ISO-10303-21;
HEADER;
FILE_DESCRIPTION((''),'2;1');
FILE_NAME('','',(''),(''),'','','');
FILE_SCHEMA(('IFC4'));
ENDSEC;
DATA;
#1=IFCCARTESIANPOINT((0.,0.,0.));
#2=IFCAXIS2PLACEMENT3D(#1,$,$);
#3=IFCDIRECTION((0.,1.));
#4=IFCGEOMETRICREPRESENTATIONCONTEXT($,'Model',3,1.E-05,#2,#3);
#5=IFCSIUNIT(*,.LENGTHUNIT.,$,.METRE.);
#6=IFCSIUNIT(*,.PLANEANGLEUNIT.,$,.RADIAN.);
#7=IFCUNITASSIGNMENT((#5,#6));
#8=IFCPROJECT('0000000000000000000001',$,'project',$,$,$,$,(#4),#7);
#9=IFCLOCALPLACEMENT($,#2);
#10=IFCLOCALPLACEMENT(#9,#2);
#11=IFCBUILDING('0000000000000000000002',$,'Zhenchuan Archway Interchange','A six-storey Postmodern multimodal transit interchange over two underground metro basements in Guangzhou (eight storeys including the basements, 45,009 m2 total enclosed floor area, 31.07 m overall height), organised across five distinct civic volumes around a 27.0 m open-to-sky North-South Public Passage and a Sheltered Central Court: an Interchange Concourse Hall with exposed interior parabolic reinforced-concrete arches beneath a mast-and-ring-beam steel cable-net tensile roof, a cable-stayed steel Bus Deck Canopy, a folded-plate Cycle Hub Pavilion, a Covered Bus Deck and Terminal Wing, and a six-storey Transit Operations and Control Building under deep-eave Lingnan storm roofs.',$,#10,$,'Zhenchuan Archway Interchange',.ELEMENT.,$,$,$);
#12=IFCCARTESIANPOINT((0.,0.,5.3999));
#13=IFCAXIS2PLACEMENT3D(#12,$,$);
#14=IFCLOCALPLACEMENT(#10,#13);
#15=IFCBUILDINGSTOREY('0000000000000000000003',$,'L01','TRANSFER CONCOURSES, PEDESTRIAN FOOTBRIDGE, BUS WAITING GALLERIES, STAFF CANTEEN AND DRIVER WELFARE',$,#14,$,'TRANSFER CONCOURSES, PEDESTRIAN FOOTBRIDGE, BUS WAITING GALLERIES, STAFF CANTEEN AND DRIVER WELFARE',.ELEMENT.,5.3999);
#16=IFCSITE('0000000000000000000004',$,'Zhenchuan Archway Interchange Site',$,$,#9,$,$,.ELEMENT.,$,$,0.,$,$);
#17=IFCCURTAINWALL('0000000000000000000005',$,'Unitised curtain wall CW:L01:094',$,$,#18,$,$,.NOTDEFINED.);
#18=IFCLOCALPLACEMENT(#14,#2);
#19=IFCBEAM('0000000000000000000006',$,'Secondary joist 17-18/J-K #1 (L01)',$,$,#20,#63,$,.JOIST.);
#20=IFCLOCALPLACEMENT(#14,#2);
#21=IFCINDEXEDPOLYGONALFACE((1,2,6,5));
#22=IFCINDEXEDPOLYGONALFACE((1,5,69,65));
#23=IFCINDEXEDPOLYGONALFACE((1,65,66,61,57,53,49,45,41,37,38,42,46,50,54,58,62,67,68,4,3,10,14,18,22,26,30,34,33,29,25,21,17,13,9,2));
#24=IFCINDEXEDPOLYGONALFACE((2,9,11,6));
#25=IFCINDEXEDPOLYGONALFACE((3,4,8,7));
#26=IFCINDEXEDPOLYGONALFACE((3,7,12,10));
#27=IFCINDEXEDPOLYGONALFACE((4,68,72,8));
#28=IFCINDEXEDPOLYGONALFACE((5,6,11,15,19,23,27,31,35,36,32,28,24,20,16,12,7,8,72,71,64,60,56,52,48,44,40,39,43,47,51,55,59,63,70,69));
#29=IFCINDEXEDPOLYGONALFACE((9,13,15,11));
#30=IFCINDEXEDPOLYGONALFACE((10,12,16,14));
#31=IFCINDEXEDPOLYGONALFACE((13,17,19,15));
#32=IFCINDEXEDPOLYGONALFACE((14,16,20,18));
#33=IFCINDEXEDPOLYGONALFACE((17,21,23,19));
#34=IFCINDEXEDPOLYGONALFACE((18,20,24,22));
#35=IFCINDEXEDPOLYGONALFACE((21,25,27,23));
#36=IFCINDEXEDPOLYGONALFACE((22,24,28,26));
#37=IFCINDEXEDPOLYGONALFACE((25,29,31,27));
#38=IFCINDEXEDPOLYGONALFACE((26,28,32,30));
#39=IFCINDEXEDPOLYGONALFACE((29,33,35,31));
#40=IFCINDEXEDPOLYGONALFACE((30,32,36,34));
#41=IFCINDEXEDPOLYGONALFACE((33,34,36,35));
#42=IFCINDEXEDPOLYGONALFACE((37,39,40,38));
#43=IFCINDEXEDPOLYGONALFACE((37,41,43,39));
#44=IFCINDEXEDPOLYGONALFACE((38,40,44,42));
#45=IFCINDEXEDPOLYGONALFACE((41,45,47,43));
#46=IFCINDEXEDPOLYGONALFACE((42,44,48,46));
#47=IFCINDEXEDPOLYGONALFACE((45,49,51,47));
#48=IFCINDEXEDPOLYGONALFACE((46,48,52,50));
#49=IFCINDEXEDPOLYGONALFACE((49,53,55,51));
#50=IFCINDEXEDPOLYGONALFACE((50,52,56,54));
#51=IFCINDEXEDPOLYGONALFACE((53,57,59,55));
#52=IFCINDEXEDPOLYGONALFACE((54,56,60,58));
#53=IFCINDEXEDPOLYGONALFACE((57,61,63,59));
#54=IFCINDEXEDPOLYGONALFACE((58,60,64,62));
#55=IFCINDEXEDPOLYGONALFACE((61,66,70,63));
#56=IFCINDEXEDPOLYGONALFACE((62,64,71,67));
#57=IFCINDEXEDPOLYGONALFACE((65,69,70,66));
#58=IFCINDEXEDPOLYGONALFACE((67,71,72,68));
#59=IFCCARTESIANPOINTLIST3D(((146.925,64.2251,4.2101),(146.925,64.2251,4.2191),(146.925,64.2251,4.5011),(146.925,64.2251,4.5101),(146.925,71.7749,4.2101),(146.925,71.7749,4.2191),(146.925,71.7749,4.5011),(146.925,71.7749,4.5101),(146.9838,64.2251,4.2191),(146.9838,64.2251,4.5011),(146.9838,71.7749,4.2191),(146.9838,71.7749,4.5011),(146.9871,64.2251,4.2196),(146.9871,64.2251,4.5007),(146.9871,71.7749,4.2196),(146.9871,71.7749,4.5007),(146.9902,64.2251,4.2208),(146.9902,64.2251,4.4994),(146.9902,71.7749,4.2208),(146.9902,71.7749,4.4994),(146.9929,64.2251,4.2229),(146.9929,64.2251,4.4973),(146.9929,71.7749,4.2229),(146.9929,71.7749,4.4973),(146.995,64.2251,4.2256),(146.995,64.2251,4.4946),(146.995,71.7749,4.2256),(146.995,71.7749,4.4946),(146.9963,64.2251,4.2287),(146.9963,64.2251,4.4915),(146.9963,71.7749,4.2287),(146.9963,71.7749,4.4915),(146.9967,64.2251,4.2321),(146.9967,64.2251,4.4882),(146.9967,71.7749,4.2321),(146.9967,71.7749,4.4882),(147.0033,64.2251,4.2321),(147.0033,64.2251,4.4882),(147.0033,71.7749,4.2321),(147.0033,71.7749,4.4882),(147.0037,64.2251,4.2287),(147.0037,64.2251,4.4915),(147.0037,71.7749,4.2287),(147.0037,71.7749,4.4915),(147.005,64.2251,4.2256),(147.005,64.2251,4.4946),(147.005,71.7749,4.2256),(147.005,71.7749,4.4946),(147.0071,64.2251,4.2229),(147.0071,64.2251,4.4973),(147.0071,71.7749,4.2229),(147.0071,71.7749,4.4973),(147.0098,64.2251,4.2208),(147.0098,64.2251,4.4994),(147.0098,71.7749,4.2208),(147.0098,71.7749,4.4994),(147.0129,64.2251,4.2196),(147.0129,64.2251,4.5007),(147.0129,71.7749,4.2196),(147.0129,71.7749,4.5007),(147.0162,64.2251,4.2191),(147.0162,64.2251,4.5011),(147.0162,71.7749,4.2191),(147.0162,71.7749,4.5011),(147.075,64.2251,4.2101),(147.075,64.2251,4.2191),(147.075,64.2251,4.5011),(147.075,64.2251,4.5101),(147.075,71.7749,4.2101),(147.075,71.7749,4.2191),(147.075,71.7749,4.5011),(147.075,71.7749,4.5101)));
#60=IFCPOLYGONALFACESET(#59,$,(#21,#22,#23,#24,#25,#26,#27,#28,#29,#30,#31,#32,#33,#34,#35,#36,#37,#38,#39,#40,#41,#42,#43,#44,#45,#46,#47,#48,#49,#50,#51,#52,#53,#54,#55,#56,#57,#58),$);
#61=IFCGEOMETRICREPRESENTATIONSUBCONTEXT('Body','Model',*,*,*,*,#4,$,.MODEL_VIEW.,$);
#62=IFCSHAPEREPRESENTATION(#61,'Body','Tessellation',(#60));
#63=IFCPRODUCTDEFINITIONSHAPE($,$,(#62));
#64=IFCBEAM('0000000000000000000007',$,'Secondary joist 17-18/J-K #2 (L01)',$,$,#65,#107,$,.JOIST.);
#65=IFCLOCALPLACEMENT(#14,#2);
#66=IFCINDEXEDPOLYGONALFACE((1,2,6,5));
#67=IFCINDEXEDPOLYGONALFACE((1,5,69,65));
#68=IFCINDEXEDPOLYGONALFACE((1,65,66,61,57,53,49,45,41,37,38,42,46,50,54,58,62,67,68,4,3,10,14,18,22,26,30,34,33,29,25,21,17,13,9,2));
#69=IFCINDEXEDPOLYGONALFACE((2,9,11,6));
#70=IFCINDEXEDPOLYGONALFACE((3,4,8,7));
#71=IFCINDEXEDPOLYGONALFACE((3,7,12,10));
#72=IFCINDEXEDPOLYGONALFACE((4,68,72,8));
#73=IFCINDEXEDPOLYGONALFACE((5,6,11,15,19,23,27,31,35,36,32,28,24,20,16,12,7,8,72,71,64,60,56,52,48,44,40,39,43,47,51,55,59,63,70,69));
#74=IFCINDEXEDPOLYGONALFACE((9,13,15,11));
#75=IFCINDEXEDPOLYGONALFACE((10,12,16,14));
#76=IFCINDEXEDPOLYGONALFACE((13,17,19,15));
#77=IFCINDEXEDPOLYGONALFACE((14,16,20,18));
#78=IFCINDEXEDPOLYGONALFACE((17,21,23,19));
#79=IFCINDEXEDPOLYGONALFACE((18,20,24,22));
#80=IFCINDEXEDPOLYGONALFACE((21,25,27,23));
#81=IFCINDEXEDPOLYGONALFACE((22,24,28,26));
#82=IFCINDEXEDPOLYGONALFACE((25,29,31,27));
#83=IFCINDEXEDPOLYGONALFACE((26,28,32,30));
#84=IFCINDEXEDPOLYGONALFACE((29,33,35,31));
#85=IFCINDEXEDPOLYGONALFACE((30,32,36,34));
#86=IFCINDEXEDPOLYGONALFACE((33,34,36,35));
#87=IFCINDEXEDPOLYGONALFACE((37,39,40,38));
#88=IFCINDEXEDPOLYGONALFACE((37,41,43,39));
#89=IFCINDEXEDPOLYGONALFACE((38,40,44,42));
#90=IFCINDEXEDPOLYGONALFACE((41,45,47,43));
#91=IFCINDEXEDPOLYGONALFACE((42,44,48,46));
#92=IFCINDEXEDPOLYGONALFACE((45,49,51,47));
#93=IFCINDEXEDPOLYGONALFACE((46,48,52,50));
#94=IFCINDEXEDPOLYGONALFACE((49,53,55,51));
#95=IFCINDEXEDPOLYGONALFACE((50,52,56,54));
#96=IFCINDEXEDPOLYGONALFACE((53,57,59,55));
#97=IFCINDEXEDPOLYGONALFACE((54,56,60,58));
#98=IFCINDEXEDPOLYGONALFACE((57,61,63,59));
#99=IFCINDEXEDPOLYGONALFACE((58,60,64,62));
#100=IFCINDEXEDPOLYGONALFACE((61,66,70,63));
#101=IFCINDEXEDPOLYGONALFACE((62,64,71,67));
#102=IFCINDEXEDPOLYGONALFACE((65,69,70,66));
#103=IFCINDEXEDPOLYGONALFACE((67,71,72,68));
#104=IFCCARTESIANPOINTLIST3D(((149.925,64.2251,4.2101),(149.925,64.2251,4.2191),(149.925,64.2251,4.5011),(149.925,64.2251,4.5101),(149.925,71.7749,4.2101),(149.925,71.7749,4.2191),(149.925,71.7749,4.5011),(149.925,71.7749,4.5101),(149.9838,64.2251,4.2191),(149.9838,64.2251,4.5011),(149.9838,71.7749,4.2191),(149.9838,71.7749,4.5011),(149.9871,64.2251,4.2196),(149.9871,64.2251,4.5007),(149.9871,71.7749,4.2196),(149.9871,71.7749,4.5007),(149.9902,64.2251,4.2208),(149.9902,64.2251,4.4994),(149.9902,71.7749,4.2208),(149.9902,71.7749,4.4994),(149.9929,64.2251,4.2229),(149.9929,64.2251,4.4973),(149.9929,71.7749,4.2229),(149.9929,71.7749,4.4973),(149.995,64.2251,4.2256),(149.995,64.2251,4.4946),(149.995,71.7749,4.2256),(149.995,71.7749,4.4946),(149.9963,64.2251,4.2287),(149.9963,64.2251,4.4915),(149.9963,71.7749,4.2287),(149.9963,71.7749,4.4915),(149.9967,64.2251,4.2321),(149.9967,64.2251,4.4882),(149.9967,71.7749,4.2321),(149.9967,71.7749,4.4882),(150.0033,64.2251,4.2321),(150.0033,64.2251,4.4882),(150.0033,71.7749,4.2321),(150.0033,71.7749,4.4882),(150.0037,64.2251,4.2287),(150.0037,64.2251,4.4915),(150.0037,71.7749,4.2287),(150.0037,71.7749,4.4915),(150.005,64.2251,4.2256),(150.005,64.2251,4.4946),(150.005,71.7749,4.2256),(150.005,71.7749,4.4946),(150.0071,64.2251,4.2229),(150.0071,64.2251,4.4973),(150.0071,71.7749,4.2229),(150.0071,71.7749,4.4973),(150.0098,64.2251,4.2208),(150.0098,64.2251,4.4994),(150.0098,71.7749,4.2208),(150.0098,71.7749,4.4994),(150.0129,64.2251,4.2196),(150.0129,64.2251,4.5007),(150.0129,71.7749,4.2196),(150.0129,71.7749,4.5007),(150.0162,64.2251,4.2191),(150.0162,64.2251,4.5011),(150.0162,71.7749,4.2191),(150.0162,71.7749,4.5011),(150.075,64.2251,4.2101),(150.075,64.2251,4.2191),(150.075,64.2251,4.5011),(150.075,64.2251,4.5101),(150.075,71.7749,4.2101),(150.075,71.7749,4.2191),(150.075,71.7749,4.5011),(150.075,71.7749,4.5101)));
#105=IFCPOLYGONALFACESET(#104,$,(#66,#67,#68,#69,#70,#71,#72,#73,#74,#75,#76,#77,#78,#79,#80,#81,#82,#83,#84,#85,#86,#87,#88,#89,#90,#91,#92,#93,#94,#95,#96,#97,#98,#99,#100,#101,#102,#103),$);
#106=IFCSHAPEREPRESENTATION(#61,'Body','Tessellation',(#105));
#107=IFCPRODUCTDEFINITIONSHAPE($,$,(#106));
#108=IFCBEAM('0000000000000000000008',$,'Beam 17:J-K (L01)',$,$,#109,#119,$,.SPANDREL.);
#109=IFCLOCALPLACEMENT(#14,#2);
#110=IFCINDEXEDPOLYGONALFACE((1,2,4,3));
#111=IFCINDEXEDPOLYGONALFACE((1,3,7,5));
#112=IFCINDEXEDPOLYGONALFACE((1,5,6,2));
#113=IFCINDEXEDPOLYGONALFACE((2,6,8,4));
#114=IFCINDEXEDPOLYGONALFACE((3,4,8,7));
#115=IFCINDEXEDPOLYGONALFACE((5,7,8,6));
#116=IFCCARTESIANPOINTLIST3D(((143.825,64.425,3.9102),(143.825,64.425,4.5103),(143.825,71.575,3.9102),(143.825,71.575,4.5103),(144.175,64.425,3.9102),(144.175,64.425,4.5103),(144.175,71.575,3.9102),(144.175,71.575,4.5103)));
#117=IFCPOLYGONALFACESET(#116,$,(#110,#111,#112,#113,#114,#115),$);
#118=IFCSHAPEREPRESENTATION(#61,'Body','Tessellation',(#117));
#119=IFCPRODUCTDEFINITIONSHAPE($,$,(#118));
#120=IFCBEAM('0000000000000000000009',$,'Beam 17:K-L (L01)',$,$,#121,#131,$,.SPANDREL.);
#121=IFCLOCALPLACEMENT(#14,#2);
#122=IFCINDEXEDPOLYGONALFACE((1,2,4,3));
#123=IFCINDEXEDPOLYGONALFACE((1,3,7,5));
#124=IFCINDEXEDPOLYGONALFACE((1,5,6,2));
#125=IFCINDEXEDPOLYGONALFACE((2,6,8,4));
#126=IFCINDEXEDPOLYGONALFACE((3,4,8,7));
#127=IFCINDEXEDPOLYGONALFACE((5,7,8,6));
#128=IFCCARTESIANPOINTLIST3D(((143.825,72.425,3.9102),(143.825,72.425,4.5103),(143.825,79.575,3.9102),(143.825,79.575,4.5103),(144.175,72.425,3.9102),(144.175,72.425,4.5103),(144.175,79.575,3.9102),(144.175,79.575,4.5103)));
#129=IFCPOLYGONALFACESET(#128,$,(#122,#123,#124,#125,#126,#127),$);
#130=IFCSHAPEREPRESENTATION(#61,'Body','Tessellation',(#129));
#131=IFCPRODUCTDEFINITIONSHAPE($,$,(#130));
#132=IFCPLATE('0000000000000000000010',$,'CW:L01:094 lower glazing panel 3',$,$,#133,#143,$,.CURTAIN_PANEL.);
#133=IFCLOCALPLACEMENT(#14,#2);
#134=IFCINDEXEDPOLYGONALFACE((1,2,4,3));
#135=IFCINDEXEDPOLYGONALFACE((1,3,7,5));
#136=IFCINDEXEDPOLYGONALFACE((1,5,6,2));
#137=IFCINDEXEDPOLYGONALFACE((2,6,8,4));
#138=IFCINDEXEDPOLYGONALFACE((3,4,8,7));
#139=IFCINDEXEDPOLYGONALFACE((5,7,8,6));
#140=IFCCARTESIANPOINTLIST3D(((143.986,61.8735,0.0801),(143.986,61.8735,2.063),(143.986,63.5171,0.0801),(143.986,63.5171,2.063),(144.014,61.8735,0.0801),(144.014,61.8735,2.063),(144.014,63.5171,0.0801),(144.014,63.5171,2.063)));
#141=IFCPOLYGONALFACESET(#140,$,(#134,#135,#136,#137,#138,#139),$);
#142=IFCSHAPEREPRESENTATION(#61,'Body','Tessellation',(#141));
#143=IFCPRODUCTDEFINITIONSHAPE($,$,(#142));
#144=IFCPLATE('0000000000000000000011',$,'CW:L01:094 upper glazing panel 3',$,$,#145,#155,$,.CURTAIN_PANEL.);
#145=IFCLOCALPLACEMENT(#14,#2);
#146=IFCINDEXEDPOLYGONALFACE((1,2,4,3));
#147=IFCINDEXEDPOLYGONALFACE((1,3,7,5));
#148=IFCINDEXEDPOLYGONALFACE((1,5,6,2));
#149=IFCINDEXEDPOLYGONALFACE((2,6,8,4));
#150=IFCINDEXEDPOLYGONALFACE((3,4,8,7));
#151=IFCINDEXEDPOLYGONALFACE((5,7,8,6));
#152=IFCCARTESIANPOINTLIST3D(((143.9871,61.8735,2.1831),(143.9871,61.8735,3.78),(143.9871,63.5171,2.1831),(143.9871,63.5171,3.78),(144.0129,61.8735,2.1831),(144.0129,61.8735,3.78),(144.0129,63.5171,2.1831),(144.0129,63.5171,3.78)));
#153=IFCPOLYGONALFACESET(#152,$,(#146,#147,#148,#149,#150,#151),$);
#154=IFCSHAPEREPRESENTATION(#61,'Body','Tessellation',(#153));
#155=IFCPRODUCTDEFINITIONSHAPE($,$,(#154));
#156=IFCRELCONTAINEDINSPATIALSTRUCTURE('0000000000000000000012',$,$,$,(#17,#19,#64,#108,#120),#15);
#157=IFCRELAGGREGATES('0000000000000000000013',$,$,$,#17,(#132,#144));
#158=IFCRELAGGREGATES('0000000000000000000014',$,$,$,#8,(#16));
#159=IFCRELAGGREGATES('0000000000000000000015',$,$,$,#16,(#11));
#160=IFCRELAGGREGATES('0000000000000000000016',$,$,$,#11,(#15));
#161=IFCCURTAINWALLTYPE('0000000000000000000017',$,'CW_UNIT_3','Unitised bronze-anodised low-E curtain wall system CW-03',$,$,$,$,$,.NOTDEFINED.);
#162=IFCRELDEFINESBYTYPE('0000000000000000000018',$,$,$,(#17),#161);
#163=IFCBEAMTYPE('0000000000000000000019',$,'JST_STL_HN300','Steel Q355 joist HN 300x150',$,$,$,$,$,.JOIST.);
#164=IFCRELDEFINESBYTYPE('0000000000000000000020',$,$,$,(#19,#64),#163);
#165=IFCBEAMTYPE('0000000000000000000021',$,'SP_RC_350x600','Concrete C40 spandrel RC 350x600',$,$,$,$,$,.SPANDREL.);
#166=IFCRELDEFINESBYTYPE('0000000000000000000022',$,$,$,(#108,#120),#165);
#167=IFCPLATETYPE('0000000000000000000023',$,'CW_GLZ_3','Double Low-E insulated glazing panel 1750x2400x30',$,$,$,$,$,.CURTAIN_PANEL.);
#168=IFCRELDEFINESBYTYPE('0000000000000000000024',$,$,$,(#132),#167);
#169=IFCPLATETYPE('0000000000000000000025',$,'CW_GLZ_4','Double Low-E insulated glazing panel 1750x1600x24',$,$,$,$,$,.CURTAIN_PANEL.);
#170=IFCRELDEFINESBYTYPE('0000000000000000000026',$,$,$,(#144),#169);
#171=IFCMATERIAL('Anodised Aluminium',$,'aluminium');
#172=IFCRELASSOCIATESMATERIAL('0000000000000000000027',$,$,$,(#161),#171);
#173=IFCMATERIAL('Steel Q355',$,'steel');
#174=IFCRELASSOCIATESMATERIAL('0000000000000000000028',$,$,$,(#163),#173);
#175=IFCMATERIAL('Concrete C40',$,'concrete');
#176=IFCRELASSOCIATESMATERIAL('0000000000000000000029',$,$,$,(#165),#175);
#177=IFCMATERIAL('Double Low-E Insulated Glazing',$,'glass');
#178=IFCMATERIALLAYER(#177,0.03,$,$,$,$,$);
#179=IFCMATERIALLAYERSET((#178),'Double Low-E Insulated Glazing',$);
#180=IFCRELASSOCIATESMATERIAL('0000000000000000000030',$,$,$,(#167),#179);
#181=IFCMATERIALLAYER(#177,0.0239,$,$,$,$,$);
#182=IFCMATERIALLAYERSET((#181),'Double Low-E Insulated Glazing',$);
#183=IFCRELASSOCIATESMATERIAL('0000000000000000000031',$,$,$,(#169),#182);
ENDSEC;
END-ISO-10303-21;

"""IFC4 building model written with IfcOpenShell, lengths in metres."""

from ifc_helpers import new_model, si_unit, direction, frame, origin, origin_2d, place, context, subcontext, project, spatial, rectangle, i_section, extrude, material, layer, layer_set, material_profile, profile_set, type_object, element, aggregate, save


model = new_model("IFC4")

# Units and contexts
model_context = context("Model", 3, precision=1e-05, world=origin(), true_north=direction((0.0, 1.0)))
body_context = subcontext(model_context, "Body", "Model", "MODEL_VIEW")
ifc_project = project(units=[si_unit("LENGTHUNIT", "METRE"), si_unit("PLANEANGLEUNIT", "RADIAN")], contexts=[model_context])

# Site, building, storey
site_placement = place(None, origin())
site = spatial("IfcSite", under=ifc_project, at=site_placement, Name="Zhenchuan Archway Interchange Site", CompositionType="ELEMENT", RefElevation=0.0)
building_placement = place(site_placement, origin())
building = spatial("IfcBuilding", under=site, at=building_placement, Name="Zhenchuan Archway Interchange", Description="A six-storey Postmodern multimodal transit interchange over two underground metro basements in Guangzhou (eight storeys including the basements, 45,009 m2 total enclosed floor area, 31.07 m overall height), organised across five distinct civic volumes around a 27.0 m open-to-sky North-South Public Passage and a Sheltered Central Court: an Interchange Concourse Hall with exposed interior parabolic reinforced-concrete arches beneath a mast-and-ring-beam steel cable-net tensile roof, a cable-stayed steel Bus Deck Canopy, a folded-plate Cycle Hub Pavilion, a Covered Bus Deck and Terminal Wing, and a six-storey Transit Operations and Control Building under deep-eave Lingnan storm roofs.", LongName="Zhenchuan Archway Interchange", CompositionType="ELEMENT")
storey_placement = place(building_placement, frame((0.0, 0.0, 5.3999)))
storey = spatial("IfcBuildingStorey", under=building, at=storey_placement, Name="L01", Description="TRANSFER CONCOURSES, PEDESTRIAN FOOTBRIDGE, BUS WAITING GALLERIES, STAFF CANTEEN AND DRIVER WELFARE", LongName="TRANSFER CONCOURSES, PEDESTRIAN FOOTBRIDGE, BUS WAITING GALLERIES, STAFF CANTEEN AND DRIVER WELFARE", CompositionType="ELEMENT", Elevation=5.3999)

# Shared definitions
ifc_material_1 = material(Name="Concrete C40", Category="concrete")

# Curtain wall
ifc_material_2 = material(Name="Anodised Aluminium", Category="aluminium")
curtain_wall_type = type_object("IfcCurtainWallType", Name="CW_UNIT_3", Description="Unitised bronze-anodised low-E curtain wall system CW-03", PredefinedType="NOTDEFINED", material=ifc_material_2)
curtain_wall_placement = place(storey_placement, origin())
curtain_wall = element("IfcCurtainWall", 1, at=curtain_wall_placement, inside=storey, type_object=curtain_wall_type, Name="Unitised curtain wall CW:L01:094", PredefinedType="NOTDEFINED")

# Beams
ifc_material_3 = material(Name="Steel Q355", Category="steel")
ifc_material_profile_1 = material_profile(ifc_material_3, i_section(OverallWidth=0.1499, OverallDepth=0.3, WebThickness=0.0066, FlangeThickness=0.009, FilletRadius=0.0129, at=origin_2d()), Name="HN 300x150")
ifc_profile_set_1 = profile_set([ifc_material_profile_1], Name="Steel Q355")
beam_type_1 = type_object("IfcBeamType", Name="JST_STL_HN300", Description="Steel Q355 joist HN 300x150", PredefinedType="JOIST", material=ifc_profile_set_1)
for number, where, z_axis, x_axis, name in (
    (2, (147.0, 64.2251, 4.3601), (0.0, 1.0, 0.0), (-1.0, 0.0, 0.0), "Secondary joist 17-18/J-K #1 (L01)"),
    (3, (150.0, 64.2251, 4.3601), (0.0, 1.0, 0.0), (-1.0, 0.0, 0.0), "Secondary joist 17-18/J-K #2 (L01)"),
):
    element("IfcBeam", number, at=place(storey_placement, frame(where, z_axis=z_axis, x_axis=x_axis)), inside=storey, type_object=beam_type_1, Name=name, PredefinedType="JOIST", context=body_context, shape_type="SweptSolid", body=[
        extrude(i_section(OverallWidth=0.1499, OverallDepth=0.3, WebThickness=0.0066, FlangeThickness=0.009, FilletRadius=0.0129, at=origin_2d()), origin(), (0.0, 0.0, 1.0), 7.5498),
    ])
ifc_material_profile_2 = material_profile(ifc_material_1, rectangle(XDim=0.3501, YDim=0.6001, at=origin_2d()), Name="RC 350x600")
ifc_profile_set_2 = profile_set([ifc_material_profile_2], Name="Concrete C40")
beam_type_2 = type_object("IfcBeamType", Name="SP_RC_350x600", Description="Concrete C40 spandrel RC 350x600", PredefinedType="SPANDREL", material=ifc_profile_set_2)
for number, where, z_axis, x_axis, name in (
    (4, (144.0, 64.425, 4.2102), (0.0, 1.0, 0.0), (-1.0, 0.0, 0.0), "Beam 17:J-K (L01)"),
    (5, (144.0, 72.425, 4.2102), (0.0, 1.0, 0.0), (-1.0, 0.0, 0.0), "Beam 17:K-L (L01)"),
):
    element("IfcBeam", number, at=place(storey_placement, frame(where, z_axis=z_axis, x_axis=x_axis)), inside=storey, type_object=beam_type_2, Name=name, PredefinedType="SPANDREL", context=body_context, shape_type="SweptSolid", body=[
        extrude(rectangle(XDim=0.3501, YDim=0.6001, at=origin_2d()), origin(), (0.0, 0.0, 1.0), 7.1499),
    ])

# Plates
ifc_material_4 = material(Name="Double Low-E Insulated Glazing", Category="glass")
ifc_layer_1 = layer(ifc_material_4, 0.03)
ifc_layer_set_1 = layer_set([ifc_layer_1], Name="Double Low-E Insulated Glazing")
plate_type_1 = type_object("IfcPlateType", Name="CW_GLZ_3", Description="Double Low-E insulated glazing panel 1750x2400x30", PredefinedType="CURTAIN_PANEL", material=ifc_layer_set_1)
plate_1_placement = place(storey_placement, frame((144.0, 62.6953, 0.0801), z_axis=(0.0, 0.0, 1.0), x_axis=(0.0, 1.0, 0.0)))
plate_1 = element("IfcPlate", 6, at=plate_1_placement, type_object=plate_type_1, Name="CW:L01:094 lower glazing panel 3", PredefinedType="CURTAIN_PANEL", context=body_context, shape_type="SweptSolid", body=[
    extrude(rectangle(XDim=1.6436, YDim=0.0281, at=origin_2d()), origin(), (0.0, 0.0, 1.0), 1.9829),
])
ifc_layer_2 = layer(ifc_material_4, 0.0239)
ifc_layer_set_2 = layer_set([ifc_layer_2], Name="Double Low-E Insulated Glazing")
plate_type_2 = type_object("IfcPlateType", Name="CW_GLZ_4", Description="Double Low-E insulated glazing panel 1750x1600x24", PredefinedType="CURTAIN_PANEL", material=ifc_layer_set_2)
plate_2_placement = place(storey_placement, frame((144.0, 62.6953, 2.1831), z_axis=(0.0, 0.0, 1.0), x_axis=(0.0, 1.0, 0.0)))
plate_2 = element("IfcPlate", 7, at=plate_2_placement, type_object=plate_type_2, Name="CW:L01:094 upper glazing panel 3", PredefinedType="CURTAIN_PANEL", context=body_context, shape_type="SweptSolid", body=[
    extrude(rectangle(XDim=1.6436, YDim=0.0259, at=origin_2d()), origin(), (0.0, 0.0, 1.0), 1.5969),
])
aggregate(curtain_wall, [plate_1, plate_2])

save(model, "model.ifc")
